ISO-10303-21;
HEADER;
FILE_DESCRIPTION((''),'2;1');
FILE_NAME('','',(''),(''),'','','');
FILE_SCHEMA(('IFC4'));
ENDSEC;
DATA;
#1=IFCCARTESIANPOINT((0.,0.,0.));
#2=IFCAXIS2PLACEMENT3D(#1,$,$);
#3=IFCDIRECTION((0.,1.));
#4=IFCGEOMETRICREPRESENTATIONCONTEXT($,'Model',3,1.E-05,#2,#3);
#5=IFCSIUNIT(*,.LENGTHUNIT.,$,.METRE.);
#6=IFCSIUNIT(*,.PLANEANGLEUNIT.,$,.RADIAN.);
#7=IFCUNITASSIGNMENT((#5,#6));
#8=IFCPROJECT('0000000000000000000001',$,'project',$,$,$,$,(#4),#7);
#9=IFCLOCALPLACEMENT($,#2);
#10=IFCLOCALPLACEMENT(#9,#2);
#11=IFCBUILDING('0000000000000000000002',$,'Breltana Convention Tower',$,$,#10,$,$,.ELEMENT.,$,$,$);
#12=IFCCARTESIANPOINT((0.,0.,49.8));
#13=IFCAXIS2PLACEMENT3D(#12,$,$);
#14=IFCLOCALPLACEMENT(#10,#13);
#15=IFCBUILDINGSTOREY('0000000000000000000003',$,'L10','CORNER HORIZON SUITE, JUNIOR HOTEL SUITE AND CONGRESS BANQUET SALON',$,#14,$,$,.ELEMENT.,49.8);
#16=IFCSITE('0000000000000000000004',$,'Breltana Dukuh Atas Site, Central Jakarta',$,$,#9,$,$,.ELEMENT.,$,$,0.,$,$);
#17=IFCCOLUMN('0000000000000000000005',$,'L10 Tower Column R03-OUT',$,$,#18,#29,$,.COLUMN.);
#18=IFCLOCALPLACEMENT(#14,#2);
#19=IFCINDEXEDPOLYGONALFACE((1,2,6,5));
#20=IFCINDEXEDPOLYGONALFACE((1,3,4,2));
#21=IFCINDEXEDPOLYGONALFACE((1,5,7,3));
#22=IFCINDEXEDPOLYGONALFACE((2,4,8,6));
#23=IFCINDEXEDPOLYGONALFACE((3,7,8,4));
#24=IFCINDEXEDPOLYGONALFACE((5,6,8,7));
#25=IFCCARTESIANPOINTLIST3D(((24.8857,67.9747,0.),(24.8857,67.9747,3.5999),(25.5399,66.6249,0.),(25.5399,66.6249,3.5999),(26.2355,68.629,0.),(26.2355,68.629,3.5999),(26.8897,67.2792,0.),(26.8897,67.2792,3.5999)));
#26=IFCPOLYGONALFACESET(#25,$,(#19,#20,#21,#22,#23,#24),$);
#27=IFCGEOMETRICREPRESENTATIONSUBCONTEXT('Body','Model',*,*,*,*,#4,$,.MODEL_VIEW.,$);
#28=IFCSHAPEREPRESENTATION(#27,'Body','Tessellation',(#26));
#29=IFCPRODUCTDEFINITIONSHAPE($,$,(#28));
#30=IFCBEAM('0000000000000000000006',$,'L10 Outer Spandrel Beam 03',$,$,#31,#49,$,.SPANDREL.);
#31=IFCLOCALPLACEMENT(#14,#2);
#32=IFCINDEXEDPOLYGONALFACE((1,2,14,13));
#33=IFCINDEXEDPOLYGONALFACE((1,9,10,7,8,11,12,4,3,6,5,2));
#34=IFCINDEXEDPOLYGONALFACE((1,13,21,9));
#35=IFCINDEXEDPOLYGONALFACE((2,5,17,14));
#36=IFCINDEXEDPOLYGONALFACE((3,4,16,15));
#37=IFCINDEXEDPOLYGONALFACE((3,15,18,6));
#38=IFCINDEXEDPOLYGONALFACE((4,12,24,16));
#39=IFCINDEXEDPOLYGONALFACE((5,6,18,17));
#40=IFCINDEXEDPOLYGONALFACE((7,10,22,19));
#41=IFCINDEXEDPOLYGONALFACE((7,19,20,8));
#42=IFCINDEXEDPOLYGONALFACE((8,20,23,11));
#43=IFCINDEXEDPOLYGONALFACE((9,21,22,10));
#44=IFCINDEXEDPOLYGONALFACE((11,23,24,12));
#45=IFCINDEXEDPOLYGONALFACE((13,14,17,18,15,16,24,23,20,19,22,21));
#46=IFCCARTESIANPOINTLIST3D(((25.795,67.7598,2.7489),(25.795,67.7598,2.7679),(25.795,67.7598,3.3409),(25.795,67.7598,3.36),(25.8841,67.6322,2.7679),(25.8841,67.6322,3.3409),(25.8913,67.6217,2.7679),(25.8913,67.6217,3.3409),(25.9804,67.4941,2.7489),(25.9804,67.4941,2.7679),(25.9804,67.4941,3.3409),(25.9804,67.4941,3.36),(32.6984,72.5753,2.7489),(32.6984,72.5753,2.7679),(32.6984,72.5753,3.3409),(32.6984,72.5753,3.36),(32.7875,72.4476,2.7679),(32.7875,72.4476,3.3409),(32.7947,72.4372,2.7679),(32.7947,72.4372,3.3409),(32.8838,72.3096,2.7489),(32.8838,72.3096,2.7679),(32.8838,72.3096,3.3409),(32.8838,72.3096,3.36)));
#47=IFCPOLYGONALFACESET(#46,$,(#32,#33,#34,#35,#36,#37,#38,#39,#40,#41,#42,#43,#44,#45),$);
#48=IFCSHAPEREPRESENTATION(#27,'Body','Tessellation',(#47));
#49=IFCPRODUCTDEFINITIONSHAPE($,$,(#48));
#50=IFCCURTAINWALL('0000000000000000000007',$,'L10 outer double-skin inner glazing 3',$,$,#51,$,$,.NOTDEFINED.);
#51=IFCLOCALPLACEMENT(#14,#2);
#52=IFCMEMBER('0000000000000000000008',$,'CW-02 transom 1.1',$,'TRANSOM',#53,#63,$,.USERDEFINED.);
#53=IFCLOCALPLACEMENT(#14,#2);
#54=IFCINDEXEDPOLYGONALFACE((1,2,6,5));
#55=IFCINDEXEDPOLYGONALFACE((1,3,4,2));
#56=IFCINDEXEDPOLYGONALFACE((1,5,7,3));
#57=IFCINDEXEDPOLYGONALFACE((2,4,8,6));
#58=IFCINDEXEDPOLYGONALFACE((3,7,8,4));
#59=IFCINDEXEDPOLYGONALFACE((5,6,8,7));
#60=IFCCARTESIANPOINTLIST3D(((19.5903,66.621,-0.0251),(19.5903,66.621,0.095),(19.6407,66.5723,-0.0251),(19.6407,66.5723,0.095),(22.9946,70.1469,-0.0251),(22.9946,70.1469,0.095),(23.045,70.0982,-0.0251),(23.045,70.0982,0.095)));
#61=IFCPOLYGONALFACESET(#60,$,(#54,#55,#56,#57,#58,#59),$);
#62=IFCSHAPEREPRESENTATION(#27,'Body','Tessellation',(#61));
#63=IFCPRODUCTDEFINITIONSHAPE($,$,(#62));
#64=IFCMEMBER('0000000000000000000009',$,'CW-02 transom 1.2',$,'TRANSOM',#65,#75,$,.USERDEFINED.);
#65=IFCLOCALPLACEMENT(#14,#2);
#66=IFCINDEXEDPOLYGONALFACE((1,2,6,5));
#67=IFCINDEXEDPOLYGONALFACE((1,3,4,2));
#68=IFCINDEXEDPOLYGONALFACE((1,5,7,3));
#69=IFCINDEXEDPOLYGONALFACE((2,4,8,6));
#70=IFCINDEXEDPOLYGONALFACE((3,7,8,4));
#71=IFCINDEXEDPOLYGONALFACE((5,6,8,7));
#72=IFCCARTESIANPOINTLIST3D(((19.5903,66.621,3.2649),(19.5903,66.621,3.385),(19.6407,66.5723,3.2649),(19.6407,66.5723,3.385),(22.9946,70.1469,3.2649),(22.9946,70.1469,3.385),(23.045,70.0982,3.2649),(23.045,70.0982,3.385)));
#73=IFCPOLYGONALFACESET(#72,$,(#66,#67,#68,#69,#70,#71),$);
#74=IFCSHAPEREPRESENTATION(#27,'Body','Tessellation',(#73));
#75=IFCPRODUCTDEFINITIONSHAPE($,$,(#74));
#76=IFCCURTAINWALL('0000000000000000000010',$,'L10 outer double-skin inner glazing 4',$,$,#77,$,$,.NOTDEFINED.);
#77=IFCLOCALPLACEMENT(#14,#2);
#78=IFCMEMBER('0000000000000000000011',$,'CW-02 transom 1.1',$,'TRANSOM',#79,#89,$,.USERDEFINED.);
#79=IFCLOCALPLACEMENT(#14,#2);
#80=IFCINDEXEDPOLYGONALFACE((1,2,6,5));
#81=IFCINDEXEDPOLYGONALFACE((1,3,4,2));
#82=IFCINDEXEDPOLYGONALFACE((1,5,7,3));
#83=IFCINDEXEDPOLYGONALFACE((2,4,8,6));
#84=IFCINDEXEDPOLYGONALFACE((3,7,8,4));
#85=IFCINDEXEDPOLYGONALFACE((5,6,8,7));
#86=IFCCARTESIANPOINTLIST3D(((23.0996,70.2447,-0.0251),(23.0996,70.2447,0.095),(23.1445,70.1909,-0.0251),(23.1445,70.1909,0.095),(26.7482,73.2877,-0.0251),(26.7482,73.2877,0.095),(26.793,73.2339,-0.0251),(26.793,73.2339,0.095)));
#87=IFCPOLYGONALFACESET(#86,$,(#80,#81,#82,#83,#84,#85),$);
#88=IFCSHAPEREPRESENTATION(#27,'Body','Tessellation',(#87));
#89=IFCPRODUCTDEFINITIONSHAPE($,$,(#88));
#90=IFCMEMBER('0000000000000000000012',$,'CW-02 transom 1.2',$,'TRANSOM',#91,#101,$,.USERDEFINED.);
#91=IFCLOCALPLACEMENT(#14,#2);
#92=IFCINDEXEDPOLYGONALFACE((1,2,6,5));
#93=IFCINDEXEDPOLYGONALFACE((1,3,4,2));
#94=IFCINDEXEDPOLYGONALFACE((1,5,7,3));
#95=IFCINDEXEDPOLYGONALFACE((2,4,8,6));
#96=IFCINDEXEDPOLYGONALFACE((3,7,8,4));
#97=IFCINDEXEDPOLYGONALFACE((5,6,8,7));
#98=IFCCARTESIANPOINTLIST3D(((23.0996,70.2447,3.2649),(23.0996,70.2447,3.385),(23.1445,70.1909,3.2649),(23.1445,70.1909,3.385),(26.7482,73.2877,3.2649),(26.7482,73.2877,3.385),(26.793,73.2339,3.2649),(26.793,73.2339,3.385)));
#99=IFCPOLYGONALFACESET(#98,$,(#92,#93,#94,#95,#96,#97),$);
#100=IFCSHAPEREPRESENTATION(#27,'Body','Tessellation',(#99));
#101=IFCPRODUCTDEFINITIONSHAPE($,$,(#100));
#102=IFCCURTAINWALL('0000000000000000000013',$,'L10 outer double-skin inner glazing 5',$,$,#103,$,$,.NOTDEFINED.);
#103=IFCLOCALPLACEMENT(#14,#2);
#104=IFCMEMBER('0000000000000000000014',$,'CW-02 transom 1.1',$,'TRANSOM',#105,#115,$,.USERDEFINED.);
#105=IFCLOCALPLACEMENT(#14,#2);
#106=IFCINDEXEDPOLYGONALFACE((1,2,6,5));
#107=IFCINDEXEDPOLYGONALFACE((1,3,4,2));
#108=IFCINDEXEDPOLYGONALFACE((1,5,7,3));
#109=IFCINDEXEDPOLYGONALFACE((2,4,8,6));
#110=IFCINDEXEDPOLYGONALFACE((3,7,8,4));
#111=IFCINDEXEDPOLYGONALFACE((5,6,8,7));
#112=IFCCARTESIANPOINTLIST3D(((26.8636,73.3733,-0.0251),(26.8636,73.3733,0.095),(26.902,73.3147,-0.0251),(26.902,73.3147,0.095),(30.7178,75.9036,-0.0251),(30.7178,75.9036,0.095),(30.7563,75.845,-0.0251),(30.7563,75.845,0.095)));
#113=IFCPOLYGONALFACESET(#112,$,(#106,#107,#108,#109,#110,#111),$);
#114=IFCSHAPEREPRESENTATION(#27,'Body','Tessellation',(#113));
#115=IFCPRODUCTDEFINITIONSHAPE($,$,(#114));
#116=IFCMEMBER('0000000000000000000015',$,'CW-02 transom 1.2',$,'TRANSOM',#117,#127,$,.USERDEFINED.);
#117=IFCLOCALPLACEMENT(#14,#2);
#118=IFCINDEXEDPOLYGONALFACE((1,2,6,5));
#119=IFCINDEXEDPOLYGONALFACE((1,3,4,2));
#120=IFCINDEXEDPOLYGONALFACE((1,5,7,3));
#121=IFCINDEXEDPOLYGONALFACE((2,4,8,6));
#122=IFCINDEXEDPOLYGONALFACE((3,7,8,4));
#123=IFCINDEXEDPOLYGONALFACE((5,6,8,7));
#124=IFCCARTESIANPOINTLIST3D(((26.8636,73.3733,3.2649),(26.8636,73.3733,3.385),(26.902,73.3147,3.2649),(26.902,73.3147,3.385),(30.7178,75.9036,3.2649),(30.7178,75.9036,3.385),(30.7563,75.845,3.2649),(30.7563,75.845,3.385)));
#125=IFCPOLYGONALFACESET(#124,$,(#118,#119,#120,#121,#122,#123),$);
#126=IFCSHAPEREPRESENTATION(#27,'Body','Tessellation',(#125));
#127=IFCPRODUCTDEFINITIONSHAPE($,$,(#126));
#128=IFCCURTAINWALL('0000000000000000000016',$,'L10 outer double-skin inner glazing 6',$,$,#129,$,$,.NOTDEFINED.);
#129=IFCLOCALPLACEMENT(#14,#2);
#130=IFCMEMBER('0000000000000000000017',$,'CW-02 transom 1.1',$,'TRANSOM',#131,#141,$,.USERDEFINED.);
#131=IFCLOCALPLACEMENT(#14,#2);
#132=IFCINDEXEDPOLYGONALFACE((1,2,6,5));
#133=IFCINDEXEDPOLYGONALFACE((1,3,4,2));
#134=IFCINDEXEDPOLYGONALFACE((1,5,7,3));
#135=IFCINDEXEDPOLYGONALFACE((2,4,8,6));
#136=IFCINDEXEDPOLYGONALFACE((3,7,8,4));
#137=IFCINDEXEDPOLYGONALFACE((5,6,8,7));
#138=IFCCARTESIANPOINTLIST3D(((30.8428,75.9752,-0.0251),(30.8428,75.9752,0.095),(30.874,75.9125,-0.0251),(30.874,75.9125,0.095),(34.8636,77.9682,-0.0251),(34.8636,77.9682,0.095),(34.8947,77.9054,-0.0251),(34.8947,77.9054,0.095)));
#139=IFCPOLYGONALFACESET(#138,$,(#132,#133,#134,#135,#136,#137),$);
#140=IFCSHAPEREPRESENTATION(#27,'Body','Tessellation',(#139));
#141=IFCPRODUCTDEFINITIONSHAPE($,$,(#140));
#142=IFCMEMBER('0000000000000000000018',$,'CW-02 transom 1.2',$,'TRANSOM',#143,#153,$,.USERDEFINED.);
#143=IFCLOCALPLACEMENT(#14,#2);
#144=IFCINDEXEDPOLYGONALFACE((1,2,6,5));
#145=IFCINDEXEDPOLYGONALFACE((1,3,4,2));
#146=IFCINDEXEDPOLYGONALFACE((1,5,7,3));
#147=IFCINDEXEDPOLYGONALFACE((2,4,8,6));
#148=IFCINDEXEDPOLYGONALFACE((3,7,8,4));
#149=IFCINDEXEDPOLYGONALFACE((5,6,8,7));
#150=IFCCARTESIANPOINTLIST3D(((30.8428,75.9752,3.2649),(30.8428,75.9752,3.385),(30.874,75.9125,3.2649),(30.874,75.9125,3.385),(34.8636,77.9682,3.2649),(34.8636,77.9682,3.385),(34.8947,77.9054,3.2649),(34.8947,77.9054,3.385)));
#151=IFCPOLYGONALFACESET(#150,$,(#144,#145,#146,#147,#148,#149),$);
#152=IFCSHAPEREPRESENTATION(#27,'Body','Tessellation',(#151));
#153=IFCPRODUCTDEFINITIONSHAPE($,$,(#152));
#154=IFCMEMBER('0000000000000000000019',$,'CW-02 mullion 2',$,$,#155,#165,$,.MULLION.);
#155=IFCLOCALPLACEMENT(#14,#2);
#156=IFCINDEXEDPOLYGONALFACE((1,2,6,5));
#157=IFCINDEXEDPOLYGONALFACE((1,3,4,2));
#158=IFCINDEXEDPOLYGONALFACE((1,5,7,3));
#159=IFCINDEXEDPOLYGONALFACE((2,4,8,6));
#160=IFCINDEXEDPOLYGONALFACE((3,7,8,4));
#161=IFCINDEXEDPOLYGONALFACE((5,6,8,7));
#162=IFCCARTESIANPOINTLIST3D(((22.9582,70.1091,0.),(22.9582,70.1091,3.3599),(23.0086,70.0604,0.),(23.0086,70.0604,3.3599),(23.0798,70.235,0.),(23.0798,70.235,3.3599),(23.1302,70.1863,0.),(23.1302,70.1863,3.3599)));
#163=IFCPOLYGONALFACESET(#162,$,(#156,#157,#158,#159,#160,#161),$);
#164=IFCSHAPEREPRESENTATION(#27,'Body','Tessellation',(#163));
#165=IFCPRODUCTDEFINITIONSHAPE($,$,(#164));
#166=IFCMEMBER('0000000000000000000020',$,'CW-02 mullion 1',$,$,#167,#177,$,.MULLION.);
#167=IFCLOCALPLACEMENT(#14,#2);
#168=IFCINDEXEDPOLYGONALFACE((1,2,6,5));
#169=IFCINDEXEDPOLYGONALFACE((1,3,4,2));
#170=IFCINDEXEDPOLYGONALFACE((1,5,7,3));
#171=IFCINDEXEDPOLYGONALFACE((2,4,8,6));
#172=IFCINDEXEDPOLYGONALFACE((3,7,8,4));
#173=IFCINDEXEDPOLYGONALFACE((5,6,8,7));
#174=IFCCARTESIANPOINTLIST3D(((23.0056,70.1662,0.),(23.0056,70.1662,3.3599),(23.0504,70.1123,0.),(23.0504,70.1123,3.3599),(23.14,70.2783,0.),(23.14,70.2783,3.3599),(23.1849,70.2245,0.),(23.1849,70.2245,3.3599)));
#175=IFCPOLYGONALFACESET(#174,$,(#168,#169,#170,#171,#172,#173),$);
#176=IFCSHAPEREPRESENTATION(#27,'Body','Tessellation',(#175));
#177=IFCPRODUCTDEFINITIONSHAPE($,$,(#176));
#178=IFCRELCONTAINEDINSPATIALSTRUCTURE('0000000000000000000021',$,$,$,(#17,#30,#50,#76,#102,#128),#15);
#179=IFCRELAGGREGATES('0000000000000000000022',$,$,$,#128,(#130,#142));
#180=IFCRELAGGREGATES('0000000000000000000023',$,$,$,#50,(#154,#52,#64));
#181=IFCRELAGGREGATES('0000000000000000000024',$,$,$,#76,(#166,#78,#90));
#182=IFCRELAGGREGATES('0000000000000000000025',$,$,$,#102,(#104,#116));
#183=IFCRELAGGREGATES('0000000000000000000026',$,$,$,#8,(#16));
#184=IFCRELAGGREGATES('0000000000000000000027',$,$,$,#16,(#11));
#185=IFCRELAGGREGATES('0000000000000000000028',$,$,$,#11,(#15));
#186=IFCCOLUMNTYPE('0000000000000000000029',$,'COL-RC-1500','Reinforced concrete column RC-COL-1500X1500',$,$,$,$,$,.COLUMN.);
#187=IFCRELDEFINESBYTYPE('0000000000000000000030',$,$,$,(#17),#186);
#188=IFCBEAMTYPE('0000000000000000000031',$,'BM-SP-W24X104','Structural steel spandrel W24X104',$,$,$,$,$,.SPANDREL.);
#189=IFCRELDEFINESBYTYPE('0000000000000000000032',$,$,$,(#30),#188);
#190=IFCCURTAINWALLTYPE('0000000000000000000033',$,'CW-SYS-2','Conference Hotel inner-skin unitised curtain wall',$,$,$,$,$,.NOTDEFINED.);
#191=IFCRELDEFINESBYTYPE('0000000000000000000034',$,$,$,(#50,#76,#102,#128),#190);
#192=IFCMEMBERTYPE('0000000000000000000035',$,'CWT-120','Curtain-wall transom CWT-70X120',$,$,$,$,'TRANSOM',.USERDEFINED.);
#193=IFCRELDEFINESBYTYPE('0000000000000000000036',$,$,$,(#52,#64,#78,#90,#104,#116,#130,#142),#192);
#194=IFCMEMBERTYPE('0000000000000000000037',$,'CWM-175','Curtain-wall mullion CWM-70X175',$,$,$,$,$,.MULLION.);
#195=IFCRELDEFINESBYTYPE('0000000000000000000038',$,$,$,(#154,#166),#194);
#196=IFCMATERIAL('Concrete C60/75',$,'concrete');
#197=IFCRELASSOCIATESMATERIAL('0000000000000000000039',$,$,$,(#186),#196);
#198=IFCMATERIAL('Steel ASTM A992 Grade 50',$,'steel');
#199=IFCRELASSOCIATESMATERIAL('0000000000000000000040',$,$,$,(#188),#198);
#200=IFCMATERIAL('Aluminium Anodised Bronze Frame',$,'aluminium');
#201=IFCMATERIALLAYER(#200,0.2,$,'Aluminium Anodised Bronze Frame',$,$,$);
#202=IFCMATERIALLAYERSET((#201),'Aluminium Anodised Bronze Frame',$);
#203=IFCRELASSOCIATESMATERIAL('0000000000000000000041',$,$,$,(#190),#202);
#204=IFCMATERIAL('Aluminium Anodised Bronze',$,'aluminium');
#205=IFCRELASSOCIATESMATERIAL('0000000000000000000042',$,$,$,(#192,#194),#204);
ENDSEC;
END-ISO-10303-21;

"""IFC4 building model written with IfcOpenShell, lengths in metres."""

from ifc_helpers import new_model, si_unit, direction, frame, origin, origin_2d, place, context, subcontext, project, spatial, rectangle, i_section, extrude, source, transform, mapped, material, layer, layer_set, material_profile, profile_set, type_object, element, aggregate, save


model = new_model("IFC4")

# Units and contexts
model_context = context("Model", 3, precision=1e-05, world=origin(), true_north=direction((0.0, 1.0)))
body_context = subcontext(model_context, "Body", "Model", "MODEL_VIEW")
ifc_project = project(units=[si_unit("LENGTHUNIT", "METRE"), si_unit("PLANEANGLEUNIT", "RADIAN")], contexts=[model_context])

# Site, building, storey
site_placement = place(None, origin())
site = spatial("IfcSite", under=ifc_project, at=site_placement, Name="Breltana Dukuh Atas Site, Central Jakarta", CompositionType="ELEMENT", RefElevation=0.0)
building_placement = place(site_placement, origin())
building = spatial("IfcBuilding", under=site, at=building_placement, Name="Breltana Convention Tower", CompositionType="ELEMENT")
storey_placement = place(building_placement, frame((0.0, 0.0, 49.8)))
storey = spatial("IfcBuildingStorey", under=building, at=storey_placement, Name="L10", Description="CORNER HORIZON SUITE, JUNIOR HOTEL SUITE AND CONGRESS BANQUET SALON", CompositionType="ELEMENT", Elevation=49.8)

# Column
ifc_material_1 = material(Name="Concrete C60/75", Category="concrete")
ifc_material_profile_1 = material_profile(ifc_material_1, rectangle(XDim=1.5, YDim=1.5, at=origin_2d()), Name="RC-COL-1500X1500")
ifc_profile_set_1 = profile_set([ifc_material_profile_1], Name="Concrete C60/75")
column_type = type_object("IfcColumnType", Name="COL-RC-1500", Description="Reinforced concrete column RC-COL-1500X1500", PredefinedType="COLUMN", material=ifc_profile_set_1)
shared_shape_1 = source(origin(), body_context, "Body", "SweptSolid", [
    extrude(rectangle(XDim=1.5, YDim=1.5, at=origin_2d()), origin(), (0.0, 0.0, 1.0), 3.5999),
])
column_placement = place(storey_placement, frame((25.8877, 67.627, 0.0), z_axis=(0.0, 0.0, 1.0), x_axis=(-0.436174, 0.899863, 0.0)))
element("IfcColumn", 1, at=column_placement, inside=storey, type_object=column_type, Name="L10 Tower Column R03-OUT", PredefinedType="COLUMN", context=body_context, shape_type="MappedRepresentation", body=[
    mapped(shared_shape_1, transform((0.0, 0.0, 0.0), scale=1.0)),
])

# Beam
ifc_material_2 = material(Name="Steel ASTM A992 Grade 50", Category="steel")
ifc_material_profile_2 = material_profile(ifc_material_2, i_section(OverallWidth=0.324, OverallDepth=0.6111, WebThickness=0.0127, FlangeThickness=0.019, at=origin_2d()), Name="W24X104")
ifc_profile_set_2 = profile_set([ifc_material_profile_2], Name="Steel ASTM A992 Grade 50")
beam_type = type_object("IfcBeamType", Name="BM-SP-W24X104", Description="Structural steel spandrel W24X104", PredefinedType="SPANDREL", material=ifc_profile_set_2)
shared_shape_2 = source(origin(), body_context, "Body", "SweptSolid", [
    extrude(i_section(OverallWidth=0.324, OverallDepth=0.6111, WebThickness=0.0127, FlangeThickness=0.019, at=origin_2d()), origin(), (0.0, 0.0, 1.0), 8.417),
])
beam_placement = place(storey_placement, frame((25.8877, 67.627, 3.0544), z_axis=(0.820174, 0.572114, 0.0), x_axis=(-0.572114, 0.820174, 0.0)))
element("IfcBeam", 2, at=beam_placement, inside=storey, type_object=beam_type, Name="L10 Outer Spandrel Beam 03", PredefinedType="SPANDREL", context=body_context, shape_type="MappedRepresentation", body=[
    mapped(shared_shape_2, transform((0.0, 0.0, 0.0), scale=1.0)),
])

# Curtain walls, members
ifc_material_3 = material(Name="Aluminium Anodised Bronze Frame", Category="aluminium")
ifc_layer_1 = layer(ifc_material_3, 0.2, Name="Aluminium Anodised Bronze Frame")
ifc_layer_set_1 = layer_set([ifc_layer_1], Name="Aluminium Anodised Bronze Frame")
curtain_wall_type = type_object("IfcCurtainWallType", Name="CW-SYS-2", Description="Conference Hotel inner-skin unitised curtain wall", PredefinedType="NOTDEFINED", material=ifc_layer_set_1)
curtain_wall_1_placement = place(storey_placement, origin())
curtain_wall_1 = element("IfcCurtainWall", 3, at=curtain_wall_1_placement, inside=storey, type_object=curtain_wall_type, Name="L10 outer double-skin inner glazing 3", PredefinedType="NOTDEFINED")
ifc_material_4 = material(Name="Aluminium Anodised Bronze", Category="aluminium")
ifc_material_profile_3 = material_profile(ifc_material_4, rectangle(XDim=0.0701, YDim=0.1201, at=origin_2d()), Name="CWT-70X120")
ifc_profile_set_3 = profile_set([ifc_material_profile_3], Name="Aluminium Anodised Bronze")
member_type_1 = type_object("IfcMemberType", Name="CWT-120", Description="Curtain-wall transom CWT-70X120", ElementType="TRANSOM", PredefinedType="USERDEFINED", material=ifc_profile_set_3)
shared_shape_3 = source(origin(), body_context, "Body", "SweptSolid", [
    extrude(rectangle(XDim=0.0701, YDim=0.1201, at=origin_2d()), origin(), (0.0, 0.0, 1.0), 4.9011),
])
member_1_placement = place(storey_placement, frame((19.6155, 66.5967, 0.0349), z_axis=(0.694595, 0.719401, 0.0), x_axis=(-0.719401, 0.694595, 0.0)))
member_1 = element("IfcMember", 4, at=member_1_placement, type_object=member_type_1, Name="CW-02 transom 1.1", ObjectType="TRANSOM", PredefinedType="USERDEFINED", context=body_context, shape_type="MappedRepresentation", body=[
    mapped(shared_shape_3, transform((0.0, 0.0, 0.0), scale=1.0)),
])
member_2_placement = place(storey_placement, frame((19.6155, 66.5967, 3.325), z_axis=(0.694595, 0.719401, 0.0), x_axis=(-0.719401, 0.694595, 0.0)))
member_2 = element("IfcMember", 5, at=member_2_placement, type_object=member_type_1, Name="CW-02 transom 1.2", ObjectType="TRANSOM", PredefinedType="USERDEFINED", context=body_context, shape_type="MappedRepresentation", body=[
    mapped(shared_shape_3, transform((0.0, 0.0, 0.0), scale=1.0)),
])
curtain_wall_2_placement = place(storey_placement, origin())
curtain_wall_2 = element("IfcCurtainWall", 6, at=curtain_wall_2_placement, inside=storey, type_object=curtain_wall_type, Name="L10 outer double-skin inner glazing 4", PredefinedType="NOTDEFINED")
shared_shape_4 = source(origin(), body_context, "Body", "SweptSolid", [
    extrude(rectangle(XDim=0.0701, YDim=0.1201, at=origin_2d()), origin(), (0.0, 0.0, 1.0), 4.751),
])
member_3_placement = place(storey_placement, frame((23.1221, 70.2178, 0.0349), z_axis=(0.767952, 0.640508, 0.0), x_axis=(-0.640508, 0.767952, 0.0)))
member_3 = element("IfcMember", 7, at=member_3_placement, type_object=member_type_1, Name="CW-02 transom 1.1", ObjectType="TRANSOM", PredefinedType="USERDEFINED", context=body_context, shape_type="MappedRepresentation", body=[
    mapped(shared_shape_4, transform((0.0, 0.0, 0.0), scale=1.0)),
])
member_4_placement = place(storey_placement, frame((23.1221, 70.2178, 3.325), z_axis=(0.767952, 0.640508, 0.0), x_axis=(-0.640508, 0.767952, 0.0)))
member_4 = element("IfcMember", 8, at=member_4_placement, type_object=member_type_1, Name="CW-02 transom 1.2", ObjectType="TRANSOM", PredefinedType="USERDEFINED", context=body_context, shape_type="MappedRepresentation", body=[
    mapped(shared_shape_4, transform((0.0, 0.0, 0.0), scale=1.0)),
])
curtain_wall_3_placement = place(storey_placement, origin())
curtain_wall_3 = element("IfcCurtainWall", 9, at=curtain_wall_3_placement, inside=storey, type_object=curtain_wall_type, Name="L10 outer double-skin inner glazing 5", PredefinedType="NOTDEFINED")
shared_shape_5 = source(origin(), body_context, "Body", "SweptSolid", [
    extrude(rectangle(XDim=0.0701, YDim=0.1201, at=origin_2d()), origin(), (0.0, 0.0, 1.0), 4.6106),
])
member_5_placement = place(storey_placement, frame((26.8828, 73.344, 0.0349), z_axis=(0.835956, 0.548796, 0.0), x_axis=(-0.548796, 0.835956, 0.0)))
member_5 = element("IfcMember", 10, at=member_5_placement, type_object=member_type_1, Name="CW-02 transom 1.1", ObjectType="TRANSOM", PredefinedType="USERDEFINED", context=body_context, shape_type="MappedRepresentation", body=[
    mapped(shared_shape_5, transform((0.0, 0.0, 0.0), scale=1.0)),
])
member_6_placement = place(storey_placement, frame((26.8828, 73.344, 3.325), z_axis=(0.835956, 0.548796, 0.0), x_axis=(-0.548796, 0.835956, 0.0)))
member_6 = element("IfcMember", 11, at=member_6_placement, type_object=member_type_1, Name="CW-02 transom 1.2", ObjectType="TRANSOM", PredefinedType="USERDEFINED", context=body_context, shape_type="MappedRepresentation", body=[
    mapped(shared_shape_5, transform((0.0, 0.0, 0.0), scale=1.0)),
])
curtain_wall_4_placement = place(storey_placement, origin())
curtain_wall_4 = element("IfcCurtainWall", 12, at=curtain_wall_4_placement, inside=storey, type_object=curtain_wall_type, Name="L10 outer double-skin inner glazing 6", PredefinedType="NOTDEFINED")
shared_shape_6 = source(origin(), body_context, "Body", "SweptSolid", [
    extrude(rectangle(XDim=0.0701, YDim=0.1201, at=origin_2d()), origin(), (0.0, 0.0, 1.0), 4.4875),
])
member_7_placement = place(storey_placement, frame((30.8584, 75.9438, 0.0349), z_axis=(0.895978, 0.444099, 0.0), x_axis=(-0.444099, 0.895978, 0.0)))
member_7 = element("IfcMember", 13, at=member_7_placement, type_object=member_type_1, Name="CW-02 transom 1.1", ObjectType="TRANSOM", PredefinedType="USERDEFINED", context=body_context, shape_type="MappedRepresentation", body=[
    mapped(shared_shape_6, transform((0.0, 0.0, 0.0), scale=1.0)),
])
member_8_placement = place(storey_placement, frame((30.8584, 75.9438, 3.325), z_axis=(0.895978, 0.444099, 0.0), x_axis=(-0.444099, 0.895978, 0.0)))
member_8 = element("IfcMember", 14, at=member_8_placement, type_object=member_type_1, Name="CW-02 transom 1.2", ObjectType="TRANSOM", PredefinedType="USERDEFINED", context=body_context, shape_type="MappedRepresentation", body=[
    mapped(shared_shape_6, transform((0.0, 0.0, 0.0), scale=1.0)),
])

# Members
ifc_material_profile_4 = material_profile(ifc_material_4, rectangle(XDim=0.0701, YDim=0.175, at=origin_2d()), Name="CWM-70X175")
ifc_profile_set_4 = profile_set([ifc_material_profile_4], Name="Aluminium Anodised Bronze")
member_type_2 = type_object("IfcMemberType", Name="CWM-175", Description="Curtain-wall mullion CWM-70X175", PredefinedType="MULLION", material=ifc_profile_set_4)
shared_shape_7 = source(origin(), body_context, "Body", "SweptSolid", [
    extrude(rectangle(XDim=0.0701, YDim=0.175, at=origin_2d()), origin(), (0.0, 0.0, 1.0), 3.3599),
])
member_9_placement = place(storey_placement, frame((23.0442, 70.1477, 0.0), z_axis=(0.0, 0.0, 1.0), x_axis=(-0.719386, 0.69461, 0.0)))
member_9 = element("IfcMember", 15, at=member_9_placement, type_object=member_type_2, Name="CW-02 mullion 2", PredefinedType="MULLION", context=body_context, shape_type="MappedRepresentation", body=[
    mapped(shared_shape_7, transform((0.0, 0.0, 0.0), scale=1.0)),
])
member_10_placement = place(storey_placement, frame((23.0952, 70.1953, 0.0), z_axis=(0.0, 0.0, 1.0), x_axis=(-0.64052, 0.767941, 0.0)))
member_10 = element("IfcMember", 16, at=member_10_placement, type_object=member_type_2, Name="CW-02 mullion 1", PredefinedType="MULLION", context=body_context, shape_type="MappedRepresentation", body=[
    mapped(shared_shape_7, transform((0.0, 0.0, 0.0), scale=1.0)),
])
aggregate(curtain_wall_4, [member_7, member_8])

aggregate(curtain_wall_1, [member_9, member_1, member_2])
aggregate(curtain_wall_2, [member_10, member_3, member_4])
aggregate(curtain_wall_3, [member_5, member_6])

save(model, "model.ifc")
